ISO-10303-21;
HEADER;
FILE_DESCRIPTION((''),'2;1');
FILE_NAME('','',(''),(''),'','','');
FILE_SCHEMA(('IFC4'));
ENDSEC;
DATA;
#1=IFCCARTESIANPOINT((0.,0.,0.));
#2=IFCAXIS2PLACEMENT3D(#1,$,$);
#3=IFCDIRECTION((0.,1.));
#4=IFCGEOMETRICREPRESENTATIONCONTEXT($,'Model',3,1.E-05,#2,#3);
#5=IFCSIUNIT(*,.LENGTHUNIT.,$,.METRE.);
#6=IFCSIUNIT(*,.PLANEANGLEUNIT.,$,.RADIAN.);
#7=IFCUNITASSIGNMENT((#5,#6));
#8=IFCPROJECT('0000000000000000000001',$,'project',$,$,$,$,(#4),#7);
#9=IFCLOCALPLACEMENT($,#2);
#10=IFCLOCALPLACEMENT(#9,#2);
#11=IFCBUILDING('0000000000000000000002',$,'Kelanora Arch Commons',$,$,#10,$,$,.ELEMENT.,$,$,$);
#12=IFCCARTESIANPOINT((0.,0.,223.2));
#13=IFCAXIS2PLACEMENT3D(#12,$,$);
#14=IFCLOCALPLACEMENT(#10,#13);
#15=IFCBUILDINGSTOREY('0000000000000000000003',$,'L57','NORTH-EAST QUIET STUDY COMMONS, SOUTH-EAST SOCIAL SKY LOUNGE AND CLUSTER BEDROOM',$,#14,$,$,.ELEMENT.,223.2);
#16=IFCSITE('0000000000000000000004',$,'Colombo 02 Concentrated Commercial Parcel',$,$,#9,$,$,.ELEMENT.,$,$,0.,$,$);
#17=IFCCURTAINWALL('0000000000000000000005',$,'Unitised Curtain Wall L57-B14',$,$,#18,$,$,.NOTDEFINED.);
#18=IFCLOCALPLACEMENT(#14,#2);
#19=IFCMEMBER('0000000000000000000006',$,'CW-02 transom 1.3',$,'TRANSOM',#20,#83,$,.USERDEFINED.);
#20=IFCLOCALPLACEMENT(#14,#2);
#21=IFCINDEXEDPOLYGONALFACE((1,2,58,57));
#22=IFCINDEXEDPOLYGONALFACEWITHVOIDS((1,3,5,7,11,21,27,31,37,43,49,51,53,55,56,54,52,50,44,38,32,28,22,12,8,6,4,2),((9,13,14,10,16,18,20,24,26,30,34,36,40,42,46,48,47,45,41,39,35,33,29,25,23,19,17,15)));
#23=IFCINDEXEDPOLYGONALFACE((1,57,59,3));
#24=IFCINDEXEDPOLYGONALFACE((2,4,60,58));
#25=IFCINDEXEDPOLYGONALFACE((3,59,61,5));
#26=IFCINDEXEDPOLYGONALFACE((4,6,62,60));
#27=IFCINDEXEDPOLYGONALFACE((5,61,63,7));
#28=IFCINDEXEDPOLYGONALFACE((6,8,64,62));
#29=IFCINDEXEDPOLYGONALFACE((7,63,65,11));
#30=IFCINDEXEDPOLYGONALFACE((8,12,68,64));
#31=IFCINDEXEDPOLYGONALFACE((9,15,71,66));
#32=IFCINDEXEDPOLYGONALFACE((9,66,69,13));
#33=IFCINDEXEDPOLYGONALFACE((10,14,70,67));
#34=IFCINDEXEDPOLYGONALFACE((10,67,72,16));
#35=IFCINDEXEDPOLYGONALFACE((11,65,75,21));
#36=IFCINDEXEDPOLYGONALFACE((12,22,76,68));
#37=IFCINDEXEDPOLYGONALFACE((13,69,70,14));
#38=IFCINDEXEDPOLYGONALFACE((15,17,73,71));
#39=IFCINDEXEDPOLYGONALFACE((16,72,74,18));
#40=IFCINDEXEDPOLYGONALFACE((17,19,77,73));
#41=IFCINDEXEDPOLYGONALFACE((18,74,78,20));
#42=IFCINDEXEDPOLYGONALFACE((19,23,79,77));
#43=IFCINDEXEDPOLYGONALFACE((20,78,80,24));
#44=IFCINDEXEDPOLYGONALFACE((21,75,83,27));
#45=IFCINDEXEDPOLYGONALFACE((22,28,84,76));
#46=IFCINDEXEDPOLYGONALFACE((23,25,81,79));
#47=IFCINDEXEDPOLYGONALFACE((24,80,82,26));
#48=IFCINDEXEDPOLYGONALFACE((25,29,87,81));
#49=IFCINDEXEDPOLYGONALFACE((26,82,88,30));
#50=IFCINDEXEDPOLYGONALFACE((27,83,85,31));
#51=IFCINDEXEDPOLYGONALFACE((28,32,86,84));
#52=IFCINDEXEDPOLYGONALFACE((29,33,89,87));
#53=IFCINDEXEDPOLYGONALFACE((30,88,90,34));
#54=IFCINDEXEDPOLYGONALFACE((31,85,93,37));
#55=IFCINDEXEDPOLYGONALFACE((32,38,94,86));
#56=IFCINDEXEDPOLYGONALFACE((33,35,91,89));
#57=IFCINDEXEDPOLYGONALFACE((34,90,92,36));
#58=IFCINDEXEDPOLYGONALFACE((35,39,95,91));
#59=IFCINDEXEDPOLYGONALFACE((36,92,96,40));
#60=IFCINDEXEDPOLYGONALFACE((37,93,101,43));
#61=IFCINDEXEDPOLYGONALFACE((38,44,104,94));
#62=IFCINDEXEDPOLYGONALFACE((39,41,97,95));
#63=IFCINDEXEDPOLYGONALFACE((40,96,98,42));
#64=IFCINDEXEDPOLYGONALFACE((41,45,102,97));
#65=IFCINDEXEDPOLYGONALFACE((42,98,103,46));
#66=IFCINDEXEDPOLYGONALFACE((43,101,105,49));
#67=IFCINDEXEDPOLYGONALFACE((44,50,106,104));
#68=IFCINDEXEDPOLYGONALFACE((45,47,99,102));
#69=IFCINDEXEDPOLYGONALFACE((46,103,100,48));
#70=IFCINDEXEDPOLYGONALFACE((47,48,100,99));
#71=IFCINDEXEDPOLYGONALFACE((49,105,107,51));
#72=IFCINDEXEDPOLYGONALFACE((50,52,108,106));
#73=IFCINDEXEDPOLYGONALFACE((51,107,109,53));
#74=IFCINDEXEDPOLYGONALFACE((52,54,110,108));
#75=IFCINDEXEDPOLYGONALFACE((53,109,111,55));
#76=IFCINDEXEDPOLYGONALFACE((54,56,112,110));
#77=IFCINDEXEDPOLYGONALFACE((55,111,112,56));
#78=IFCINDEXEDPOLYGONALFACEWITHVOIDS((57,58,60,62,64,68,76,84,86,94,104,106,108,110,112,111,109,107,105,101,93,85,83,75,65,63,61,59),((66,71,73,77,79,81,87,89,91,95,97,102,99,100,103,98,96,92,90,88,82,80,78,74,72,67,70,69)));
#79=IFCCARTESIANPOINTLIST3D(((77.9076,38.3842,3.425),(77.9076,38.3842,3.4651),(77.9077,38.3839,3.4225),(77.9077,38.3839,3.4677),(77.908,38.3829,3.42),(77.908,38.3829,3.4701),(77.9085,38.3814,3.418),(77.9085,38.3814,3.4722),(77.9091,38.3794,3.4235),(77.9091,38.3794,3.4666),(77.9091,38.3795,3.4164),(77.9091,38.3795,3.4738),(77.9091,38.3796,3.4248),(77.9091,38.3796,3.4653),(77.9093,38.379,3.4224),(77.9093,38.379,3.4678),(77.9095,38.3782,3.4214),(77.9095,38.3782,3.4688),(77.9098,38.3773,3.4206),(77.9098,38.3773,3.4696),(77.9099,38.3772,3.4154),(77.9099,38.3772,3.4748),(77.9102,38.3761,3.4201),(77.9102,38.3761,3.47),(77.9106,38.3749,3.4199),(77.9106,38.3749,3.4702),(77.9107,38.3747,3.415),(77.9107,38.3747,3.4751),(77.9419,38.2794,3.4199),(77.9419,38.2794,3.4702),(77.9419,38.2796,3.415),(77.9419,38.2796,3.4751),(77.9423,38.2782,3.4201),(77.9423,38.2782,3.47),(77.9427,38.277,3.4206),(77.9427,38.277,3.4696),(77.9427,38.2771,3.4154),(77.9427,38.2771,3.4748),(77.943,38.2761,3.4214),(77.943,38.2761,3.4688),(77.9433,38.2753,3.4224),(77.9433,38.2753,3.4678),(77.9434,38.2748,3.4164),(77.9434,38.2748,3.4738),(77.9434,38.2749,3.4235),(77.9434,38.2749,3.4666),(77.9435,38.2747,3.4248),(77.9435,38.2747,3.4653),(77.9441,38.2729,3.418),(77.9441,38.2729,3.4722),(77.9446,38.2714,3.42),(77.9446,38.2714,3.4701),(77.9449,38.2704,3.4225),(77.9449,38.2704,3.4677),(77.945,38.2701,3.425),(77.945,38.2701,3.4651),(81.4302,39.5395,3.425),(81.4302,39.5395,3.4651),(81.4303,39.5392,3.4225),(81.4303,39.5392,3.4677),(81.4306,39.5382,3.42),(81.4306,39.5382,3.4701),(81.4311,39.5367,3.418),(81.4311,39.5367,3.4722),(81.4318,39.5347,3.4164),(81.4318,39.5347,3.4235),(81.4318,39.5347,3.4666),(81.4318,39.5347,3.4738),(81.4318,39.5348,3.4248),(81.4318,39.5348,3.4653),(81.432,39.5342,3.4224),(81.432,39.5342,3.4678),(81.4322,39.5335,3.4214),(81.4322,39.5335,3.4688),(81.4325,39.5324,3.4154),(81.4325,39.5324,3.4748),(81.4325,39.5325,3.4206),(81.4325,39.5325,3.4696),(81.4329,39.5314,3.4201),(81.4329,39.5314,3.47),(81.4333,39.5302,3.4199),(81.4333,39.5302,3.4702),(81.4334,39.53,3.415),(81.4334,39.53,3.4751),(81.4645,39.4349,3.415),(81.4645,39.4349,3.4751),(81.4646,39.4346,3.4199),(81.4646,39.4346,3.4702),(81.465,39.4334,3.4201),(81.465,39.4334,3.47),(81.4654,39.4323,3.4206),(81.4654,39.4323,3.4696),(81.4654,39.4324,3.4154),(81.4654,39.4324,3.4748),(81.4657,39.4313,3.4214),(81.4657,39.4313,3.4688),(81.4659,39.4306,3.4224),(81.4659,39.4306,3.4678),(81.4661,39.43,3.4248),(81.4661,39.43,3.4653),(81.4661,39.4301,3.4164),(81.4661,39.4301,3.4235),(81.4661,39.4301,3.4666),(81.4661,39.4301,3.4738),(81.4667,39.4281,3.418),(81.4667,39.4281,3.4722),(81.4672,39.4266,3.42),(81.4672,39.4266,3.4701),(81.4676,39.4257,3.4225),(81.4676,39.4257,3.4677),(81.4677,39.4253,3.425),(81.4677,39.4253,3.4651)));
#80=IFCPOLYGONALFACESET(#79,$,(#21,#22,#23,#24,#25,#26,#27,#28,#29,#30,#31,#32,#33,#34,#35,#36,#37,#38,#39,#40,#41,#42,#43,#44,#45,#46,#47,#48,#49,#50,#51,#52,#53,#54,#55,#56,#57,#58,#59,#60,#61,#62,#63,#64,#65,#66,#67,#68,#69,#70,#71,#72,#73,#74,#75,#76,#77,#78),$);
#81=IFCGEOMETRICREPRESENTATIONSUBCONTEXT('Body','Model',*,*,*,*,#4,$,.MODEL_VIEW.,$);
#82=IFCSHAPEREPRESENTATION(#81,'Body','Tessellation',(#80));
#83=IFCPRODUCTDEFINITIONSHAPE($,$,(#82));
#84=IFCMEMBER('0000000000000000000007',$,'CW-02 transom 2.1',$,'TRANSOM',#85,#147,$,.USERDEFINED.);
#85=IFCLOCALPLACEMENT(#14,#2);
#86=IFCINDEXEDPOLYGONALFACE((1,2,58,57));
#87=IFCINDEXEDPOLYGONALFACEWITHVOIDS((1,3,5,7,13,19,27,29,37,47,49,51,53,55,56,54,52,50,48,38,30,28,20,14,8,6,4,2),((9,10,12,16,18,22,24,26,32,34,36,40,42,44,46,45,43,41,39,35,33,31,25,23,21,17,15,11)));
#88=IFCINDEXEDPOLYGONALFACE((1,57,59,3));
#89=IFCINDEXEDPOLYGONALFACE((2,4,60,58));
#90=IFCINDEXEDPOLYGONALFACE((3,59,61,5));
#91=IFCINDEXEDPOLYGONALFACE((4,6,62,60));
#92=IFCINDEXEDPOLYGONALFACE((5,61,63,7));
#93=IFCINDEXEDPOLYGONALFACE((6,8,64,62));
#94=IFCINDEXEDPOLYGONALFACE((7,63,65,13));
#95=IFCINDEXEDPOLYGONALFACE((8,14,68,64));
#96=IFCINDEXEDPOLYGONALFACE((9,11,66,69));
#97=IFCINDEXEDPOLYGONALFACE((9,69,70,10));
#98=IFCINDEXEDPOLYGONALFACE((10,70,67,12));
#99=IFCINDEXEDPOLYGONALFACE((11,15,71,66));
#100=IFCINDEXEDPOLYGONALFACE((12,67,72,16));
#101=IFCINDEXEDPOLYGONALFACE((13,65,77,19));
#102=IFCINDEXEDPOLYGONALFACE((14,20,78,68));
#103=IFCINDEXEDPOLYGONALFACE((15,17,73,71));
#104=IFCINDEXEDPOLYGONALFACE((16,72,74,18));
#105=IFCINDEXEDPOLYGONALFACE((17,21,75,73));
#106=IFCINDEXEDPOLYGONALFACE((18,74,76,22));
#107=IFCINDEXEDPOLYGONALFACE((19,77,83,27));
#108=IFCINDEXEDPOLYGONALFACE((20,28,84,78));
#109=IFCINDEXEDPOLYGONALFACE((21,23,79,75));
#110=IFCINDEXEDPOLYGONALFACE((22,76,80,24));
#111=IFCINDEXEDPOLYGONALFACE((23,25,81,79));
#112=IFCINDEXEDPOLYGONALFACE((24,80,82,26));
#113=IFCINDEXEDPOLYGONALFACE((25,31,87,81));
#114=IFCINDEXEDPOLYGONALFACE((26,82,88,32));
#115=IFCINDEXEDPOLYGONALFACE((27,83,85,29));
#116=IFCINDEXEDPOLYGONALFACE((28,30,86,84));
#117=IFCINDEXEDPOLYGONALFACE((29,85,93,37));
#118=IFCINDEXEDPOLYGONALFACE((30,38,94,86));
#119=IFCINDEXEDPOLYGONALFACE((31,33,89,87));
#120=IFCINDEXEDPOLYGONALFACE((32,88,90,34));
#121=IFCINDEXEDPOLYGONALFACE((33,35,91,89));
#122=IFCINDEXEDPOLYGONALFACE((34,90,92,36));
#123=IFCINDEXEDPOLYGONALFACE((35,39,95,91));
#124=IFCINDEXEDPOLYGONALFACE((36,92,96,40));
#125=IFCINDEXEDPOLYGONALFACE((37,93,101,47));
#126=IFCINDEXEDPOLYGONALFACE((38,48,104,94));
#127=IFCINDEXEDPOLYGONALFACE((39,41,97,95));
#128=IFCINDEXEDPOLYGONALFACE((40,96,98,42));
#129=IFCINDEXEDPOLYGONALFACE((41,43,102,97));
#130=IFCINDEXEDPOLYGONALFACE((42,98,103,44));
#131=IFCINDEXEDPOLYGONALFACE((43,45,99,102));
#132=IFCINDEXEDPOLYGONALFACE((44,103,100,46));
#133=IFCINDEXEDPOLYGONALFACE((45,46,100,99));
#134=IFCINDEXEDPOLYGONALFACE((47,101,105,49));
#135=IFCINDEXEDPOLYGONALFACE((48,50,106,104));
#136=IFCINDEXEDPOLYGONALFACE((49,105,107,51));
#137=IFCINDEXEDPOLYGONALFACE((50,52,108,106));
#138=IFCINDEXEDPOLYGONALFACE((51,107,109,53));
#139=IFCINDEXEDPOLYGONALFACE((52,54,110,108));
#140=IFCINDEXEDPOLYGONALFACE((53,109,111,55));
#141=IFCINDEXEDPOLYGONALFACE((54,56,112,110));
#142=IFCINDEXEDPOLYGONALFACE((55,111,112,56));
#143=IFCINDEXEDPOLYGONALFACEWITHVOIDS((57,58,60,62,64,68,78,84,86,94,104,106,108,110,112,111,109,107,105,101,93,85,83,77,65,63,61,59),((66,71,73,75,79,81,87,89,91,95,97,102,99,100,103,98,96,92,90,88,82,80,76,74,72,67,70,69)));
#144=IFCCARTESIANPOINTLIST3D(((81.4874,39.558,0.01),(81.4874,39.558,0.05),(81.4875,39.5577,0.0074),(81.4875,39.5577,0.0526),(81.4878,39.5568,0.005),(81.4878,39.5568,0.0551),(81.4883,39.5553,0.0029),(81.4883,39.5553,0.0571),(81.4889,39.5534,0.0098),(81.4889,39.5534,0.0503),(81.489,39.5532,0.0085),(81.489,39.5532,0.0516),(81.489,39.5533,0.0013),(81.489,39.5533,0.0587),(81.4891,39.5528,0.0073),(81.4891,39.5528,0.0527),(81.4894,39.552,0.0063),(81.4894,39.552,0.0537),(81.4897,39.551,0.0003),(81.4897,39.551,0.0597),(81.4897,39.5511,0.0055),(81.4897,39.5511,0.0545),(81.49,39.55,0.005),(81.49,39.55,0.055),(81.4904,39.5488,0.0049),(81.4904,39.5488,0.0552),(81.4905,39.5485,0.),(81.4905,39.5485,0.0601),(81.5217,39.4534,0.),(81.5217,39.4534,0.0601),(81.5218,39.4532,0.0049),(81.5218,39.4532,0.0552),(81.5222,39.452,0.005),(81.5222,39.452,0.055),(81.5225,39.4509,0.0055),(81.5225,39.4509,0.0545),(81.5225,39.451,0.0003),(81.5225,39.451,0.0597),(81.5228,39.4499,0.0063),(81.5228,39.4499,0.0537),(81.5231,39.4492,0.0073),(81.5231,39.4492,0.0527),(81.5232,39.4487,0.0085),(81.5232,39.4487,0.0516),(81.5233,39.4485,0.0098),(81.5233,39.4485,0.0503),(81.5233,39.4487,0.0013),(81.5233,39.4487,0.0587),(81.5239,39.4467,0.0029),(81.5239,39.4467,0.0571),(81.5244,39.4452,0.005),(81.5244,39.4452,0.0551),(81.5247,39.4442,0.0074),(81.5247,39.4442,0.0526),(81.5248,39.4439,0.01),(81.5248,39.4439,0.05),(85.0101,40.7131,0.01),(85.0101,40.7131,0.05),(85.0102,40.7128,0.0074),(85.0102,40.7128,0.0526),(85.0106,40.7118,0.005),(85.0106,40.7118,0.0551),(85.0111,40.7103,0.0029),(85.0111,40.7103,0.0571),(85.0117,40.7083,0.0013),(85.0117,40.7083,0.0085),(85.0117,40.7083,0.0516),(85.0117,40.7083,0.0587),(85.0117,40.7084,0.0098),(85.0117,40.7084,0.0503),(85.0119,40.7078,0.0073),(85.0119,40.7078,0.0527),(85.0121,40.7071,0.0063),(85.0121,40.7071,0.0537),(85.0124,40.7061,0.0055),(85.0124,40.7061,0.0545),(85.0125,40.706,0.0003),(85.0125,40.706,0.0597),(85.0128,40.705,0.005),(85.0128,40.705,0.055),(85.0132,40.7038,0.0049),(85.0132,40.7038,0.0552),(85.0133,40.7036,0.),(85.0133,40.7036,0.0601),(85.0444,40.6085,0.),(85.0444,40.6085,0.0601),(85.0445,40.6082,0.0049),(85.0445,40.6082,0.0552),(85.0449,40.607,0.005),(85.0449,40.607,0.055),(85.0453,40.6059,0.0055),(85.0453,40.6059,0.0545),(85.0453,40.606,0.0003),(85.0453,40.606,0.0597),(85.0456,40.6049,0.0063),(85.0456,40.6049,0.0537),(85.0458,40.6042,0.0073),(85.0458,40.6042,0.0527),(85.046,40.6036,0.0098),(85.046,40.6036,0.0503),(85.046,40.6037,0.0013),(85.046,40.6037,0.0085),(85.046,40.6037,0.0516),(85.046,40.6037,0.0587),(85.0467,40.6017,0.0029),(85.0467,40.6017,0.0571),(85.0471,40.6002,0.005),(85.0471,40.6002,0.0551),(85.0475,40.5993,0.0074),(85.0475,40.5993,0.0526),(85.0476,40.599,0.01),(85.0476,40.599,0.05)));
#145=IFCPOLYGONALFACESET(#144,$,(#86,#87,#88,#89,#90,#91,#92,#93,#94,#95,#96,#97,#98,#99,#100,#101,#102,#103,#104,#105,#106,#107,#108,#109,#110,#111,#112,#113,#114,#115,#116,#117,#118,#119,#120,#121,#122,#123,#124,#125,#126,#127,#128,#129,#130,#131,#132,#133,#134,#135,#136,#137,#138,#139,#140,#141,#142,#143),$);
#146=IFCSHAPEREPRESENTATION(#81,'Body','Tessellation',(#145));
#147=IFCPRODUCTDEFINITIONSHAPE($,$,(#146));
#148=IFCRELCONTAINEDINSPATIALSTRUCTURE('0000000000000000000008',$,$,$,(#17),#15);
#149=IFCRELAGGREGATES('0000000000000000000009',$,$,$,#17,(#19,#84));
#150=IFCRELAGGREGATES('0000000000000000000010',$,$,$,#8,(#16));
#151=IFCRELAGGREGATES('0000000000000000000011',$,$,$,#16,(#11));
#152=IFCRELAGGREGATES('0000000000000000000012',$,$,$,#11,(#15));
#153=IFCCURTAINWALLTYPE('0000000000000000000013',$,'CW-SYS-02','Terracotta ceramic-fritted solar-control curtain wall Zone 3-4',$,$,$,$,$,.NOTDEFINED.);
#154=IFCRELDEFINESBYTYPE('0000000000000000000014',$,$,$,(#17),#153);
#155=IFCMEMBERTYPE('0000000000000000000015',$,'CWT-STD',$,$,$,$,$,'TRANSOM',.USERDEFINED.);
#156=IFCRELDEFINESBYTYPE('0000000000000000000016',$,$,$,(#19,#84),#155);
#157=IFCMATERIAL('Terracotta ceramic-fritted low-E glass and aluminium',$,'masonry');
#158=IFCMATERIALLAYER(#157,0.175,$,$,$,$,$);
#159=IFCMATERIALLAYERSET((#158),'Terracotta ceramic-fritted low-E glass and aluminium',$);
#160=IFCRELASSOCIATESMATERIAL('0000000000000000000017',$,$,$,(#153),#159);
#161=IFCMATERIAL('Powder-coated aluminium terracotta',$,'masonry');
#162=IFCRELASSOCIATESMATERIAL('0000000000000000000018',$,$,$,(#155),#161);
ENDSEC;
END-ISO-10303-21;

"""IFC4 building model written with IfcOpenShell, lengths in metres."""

from ifc_helpers import new_model, si_unit, direction, frame, origin, origin_2d, place, context, subcontext, project, spatial, hollow_rectangle, extrude, material, layer, layer_set, material_profile, profile_set, type_object, element, aggregate, save


model = new_model("IFC4")

# Units and contexts
model_context = context("Model", 3, precision=1e-05, world=origin(), true_north=direction((0.0, 1.0)))
body_context = subcontext(model_context, "Body", "Model", "MODEL_VIEW")
ifc_project = project(units=[si_unit("LENGTHUNIT", "METRE"), si_unit("PLANEANGLEUNIT", "RADIAN")], contexts=[model_context])

# Site, building, storey
site_placement = place(None, origin())
site = spatial("IfcSite", under=ifc_project, at=site_placement, Name="Colombo 02 Concentrated Commercial Parcel", CompositionType="ELEMENT", RefElevation=0.0)
building_placement = place(site_placement, origin())
building = spatial("IfcBuilding", under=site, at=building_placement, Name="Kelanora Arch Commons", CompositionType="ELEMENT")
storey_placement = place(building_placement, frame((0.0, 0.0, 223.2)))
storey = spatial("IfcBuildingStorey", under=building, at=storey_placement, Name="L57", Description="NORTH-EAST QUIET STUDY COMMONS, SOUTH-EAST SOCIAL SKY LOUNGE AND CLUSTER BEDROOM", CompositionType="ELEMENT", Elevation=223.2)

# Curtain wall, members
ifc_material_1 = material(Name="Terracotta ceramic-fritted low-E glass and aluminium", Category="masonry")
ifc_layer_1 = layer(ifc_material_1, 0.175)
ifc_layer_set_1 = layer_set([ifc_layer_1], Name="Terracotta ceramic-fritted low-E glass and aluminium")
curtain_wall_type = type_object("IfcCurtainWallType", Name="CW-SYS-02", Description="Terracotta ceramic-fritted solar-control curtain wall Zone 3-4", PredefinedType="NOTDEFINED", material=ifc_layer_set_1)
curtain_wall_placement = place(storey_placement, origin())
curtain_wall = element("IfcCurtainWall", 1, at=curtain_wall_placement, inside=storey, type_object=curtain_wall_type, Name="Unitised Curtain Wall L57-B14", PredefinedType="NOTDEFINED")
ifc_material_2 = material(Name="Powder-coated aluminium terracotta", Category="masonry")
ifc_material_profile_1 = material_profile(ifc_material_2, hollow_rectangle(XDim=0.1201, YDim=0.0601, WallThickness=0.0049, InnerFilletRadius=0.0049, OuterFilletRadius=0.01, at=origin_2d()), Name="CWT120x60")
ifc_profile_set_1 = profile_set([ifc_material_profile_1], Name="Powder-coated aluminium terracotta")
member_type_1 = type_object("IfcMemberType", Name="CWT-STD", ElementType="TRANSOM", PredefinedType="USERDEFINED", material=ifc_profile_set_1)
member_1_placement = place(storey_placement, frame((77.9263, 38.3271, 3.4451), z_axis=(0.950207, 0.311621, 0.0), x_axis=(-0.311621, 0.950207, 0.0)))
member_1 = element("IfcMember", 2, at=member_1_placement, type_object=member_type_1, Name="CW-02 transom 1.3", ObjectType="TRANSOM", PredefinedType="USERDEFINED", context=body_context, shape_type="SweptSolid", body=[
    extrude(hollow_rectangle(XDim=0.1201, YDim=0.0601, WallThickness=0.0049, InnerFilletRadius=0.0049, OuterFilletRadius=0.01, at=origin_2d()), origin(), (0.0, 0.0, 1.0), 3.7073),
])
member_2_placement = place(storey_placement, frame((81.5061, 39.501, 0.03), z_axis=(0.950226, 0.311561, 0.0), x_axis=(-0.311561, 0.950226, 0.0)))
member_2 = element("IfcMember", 3, at=member_2_placement, type_object=member_type_1, Name="CW-02 transom 2.1", ObjectType="TRANSOM", PredefinedType="USERDEFINED", context=body_context, shape_type="SweptSolid", body=[
    extrude(hollow_rectangle(XDim=0.1201, YDim=0.0601, WallThickness=0.0049, InnerFilletRadius=0.0049, OuterFilletRadius=0.01, at=origin_2d()), origin(), (0.0, 0.0, 1.0), 3.7073),
])
aggregate(curtain_wall, [member_1, member_2])

save(model, "model.ifc")
